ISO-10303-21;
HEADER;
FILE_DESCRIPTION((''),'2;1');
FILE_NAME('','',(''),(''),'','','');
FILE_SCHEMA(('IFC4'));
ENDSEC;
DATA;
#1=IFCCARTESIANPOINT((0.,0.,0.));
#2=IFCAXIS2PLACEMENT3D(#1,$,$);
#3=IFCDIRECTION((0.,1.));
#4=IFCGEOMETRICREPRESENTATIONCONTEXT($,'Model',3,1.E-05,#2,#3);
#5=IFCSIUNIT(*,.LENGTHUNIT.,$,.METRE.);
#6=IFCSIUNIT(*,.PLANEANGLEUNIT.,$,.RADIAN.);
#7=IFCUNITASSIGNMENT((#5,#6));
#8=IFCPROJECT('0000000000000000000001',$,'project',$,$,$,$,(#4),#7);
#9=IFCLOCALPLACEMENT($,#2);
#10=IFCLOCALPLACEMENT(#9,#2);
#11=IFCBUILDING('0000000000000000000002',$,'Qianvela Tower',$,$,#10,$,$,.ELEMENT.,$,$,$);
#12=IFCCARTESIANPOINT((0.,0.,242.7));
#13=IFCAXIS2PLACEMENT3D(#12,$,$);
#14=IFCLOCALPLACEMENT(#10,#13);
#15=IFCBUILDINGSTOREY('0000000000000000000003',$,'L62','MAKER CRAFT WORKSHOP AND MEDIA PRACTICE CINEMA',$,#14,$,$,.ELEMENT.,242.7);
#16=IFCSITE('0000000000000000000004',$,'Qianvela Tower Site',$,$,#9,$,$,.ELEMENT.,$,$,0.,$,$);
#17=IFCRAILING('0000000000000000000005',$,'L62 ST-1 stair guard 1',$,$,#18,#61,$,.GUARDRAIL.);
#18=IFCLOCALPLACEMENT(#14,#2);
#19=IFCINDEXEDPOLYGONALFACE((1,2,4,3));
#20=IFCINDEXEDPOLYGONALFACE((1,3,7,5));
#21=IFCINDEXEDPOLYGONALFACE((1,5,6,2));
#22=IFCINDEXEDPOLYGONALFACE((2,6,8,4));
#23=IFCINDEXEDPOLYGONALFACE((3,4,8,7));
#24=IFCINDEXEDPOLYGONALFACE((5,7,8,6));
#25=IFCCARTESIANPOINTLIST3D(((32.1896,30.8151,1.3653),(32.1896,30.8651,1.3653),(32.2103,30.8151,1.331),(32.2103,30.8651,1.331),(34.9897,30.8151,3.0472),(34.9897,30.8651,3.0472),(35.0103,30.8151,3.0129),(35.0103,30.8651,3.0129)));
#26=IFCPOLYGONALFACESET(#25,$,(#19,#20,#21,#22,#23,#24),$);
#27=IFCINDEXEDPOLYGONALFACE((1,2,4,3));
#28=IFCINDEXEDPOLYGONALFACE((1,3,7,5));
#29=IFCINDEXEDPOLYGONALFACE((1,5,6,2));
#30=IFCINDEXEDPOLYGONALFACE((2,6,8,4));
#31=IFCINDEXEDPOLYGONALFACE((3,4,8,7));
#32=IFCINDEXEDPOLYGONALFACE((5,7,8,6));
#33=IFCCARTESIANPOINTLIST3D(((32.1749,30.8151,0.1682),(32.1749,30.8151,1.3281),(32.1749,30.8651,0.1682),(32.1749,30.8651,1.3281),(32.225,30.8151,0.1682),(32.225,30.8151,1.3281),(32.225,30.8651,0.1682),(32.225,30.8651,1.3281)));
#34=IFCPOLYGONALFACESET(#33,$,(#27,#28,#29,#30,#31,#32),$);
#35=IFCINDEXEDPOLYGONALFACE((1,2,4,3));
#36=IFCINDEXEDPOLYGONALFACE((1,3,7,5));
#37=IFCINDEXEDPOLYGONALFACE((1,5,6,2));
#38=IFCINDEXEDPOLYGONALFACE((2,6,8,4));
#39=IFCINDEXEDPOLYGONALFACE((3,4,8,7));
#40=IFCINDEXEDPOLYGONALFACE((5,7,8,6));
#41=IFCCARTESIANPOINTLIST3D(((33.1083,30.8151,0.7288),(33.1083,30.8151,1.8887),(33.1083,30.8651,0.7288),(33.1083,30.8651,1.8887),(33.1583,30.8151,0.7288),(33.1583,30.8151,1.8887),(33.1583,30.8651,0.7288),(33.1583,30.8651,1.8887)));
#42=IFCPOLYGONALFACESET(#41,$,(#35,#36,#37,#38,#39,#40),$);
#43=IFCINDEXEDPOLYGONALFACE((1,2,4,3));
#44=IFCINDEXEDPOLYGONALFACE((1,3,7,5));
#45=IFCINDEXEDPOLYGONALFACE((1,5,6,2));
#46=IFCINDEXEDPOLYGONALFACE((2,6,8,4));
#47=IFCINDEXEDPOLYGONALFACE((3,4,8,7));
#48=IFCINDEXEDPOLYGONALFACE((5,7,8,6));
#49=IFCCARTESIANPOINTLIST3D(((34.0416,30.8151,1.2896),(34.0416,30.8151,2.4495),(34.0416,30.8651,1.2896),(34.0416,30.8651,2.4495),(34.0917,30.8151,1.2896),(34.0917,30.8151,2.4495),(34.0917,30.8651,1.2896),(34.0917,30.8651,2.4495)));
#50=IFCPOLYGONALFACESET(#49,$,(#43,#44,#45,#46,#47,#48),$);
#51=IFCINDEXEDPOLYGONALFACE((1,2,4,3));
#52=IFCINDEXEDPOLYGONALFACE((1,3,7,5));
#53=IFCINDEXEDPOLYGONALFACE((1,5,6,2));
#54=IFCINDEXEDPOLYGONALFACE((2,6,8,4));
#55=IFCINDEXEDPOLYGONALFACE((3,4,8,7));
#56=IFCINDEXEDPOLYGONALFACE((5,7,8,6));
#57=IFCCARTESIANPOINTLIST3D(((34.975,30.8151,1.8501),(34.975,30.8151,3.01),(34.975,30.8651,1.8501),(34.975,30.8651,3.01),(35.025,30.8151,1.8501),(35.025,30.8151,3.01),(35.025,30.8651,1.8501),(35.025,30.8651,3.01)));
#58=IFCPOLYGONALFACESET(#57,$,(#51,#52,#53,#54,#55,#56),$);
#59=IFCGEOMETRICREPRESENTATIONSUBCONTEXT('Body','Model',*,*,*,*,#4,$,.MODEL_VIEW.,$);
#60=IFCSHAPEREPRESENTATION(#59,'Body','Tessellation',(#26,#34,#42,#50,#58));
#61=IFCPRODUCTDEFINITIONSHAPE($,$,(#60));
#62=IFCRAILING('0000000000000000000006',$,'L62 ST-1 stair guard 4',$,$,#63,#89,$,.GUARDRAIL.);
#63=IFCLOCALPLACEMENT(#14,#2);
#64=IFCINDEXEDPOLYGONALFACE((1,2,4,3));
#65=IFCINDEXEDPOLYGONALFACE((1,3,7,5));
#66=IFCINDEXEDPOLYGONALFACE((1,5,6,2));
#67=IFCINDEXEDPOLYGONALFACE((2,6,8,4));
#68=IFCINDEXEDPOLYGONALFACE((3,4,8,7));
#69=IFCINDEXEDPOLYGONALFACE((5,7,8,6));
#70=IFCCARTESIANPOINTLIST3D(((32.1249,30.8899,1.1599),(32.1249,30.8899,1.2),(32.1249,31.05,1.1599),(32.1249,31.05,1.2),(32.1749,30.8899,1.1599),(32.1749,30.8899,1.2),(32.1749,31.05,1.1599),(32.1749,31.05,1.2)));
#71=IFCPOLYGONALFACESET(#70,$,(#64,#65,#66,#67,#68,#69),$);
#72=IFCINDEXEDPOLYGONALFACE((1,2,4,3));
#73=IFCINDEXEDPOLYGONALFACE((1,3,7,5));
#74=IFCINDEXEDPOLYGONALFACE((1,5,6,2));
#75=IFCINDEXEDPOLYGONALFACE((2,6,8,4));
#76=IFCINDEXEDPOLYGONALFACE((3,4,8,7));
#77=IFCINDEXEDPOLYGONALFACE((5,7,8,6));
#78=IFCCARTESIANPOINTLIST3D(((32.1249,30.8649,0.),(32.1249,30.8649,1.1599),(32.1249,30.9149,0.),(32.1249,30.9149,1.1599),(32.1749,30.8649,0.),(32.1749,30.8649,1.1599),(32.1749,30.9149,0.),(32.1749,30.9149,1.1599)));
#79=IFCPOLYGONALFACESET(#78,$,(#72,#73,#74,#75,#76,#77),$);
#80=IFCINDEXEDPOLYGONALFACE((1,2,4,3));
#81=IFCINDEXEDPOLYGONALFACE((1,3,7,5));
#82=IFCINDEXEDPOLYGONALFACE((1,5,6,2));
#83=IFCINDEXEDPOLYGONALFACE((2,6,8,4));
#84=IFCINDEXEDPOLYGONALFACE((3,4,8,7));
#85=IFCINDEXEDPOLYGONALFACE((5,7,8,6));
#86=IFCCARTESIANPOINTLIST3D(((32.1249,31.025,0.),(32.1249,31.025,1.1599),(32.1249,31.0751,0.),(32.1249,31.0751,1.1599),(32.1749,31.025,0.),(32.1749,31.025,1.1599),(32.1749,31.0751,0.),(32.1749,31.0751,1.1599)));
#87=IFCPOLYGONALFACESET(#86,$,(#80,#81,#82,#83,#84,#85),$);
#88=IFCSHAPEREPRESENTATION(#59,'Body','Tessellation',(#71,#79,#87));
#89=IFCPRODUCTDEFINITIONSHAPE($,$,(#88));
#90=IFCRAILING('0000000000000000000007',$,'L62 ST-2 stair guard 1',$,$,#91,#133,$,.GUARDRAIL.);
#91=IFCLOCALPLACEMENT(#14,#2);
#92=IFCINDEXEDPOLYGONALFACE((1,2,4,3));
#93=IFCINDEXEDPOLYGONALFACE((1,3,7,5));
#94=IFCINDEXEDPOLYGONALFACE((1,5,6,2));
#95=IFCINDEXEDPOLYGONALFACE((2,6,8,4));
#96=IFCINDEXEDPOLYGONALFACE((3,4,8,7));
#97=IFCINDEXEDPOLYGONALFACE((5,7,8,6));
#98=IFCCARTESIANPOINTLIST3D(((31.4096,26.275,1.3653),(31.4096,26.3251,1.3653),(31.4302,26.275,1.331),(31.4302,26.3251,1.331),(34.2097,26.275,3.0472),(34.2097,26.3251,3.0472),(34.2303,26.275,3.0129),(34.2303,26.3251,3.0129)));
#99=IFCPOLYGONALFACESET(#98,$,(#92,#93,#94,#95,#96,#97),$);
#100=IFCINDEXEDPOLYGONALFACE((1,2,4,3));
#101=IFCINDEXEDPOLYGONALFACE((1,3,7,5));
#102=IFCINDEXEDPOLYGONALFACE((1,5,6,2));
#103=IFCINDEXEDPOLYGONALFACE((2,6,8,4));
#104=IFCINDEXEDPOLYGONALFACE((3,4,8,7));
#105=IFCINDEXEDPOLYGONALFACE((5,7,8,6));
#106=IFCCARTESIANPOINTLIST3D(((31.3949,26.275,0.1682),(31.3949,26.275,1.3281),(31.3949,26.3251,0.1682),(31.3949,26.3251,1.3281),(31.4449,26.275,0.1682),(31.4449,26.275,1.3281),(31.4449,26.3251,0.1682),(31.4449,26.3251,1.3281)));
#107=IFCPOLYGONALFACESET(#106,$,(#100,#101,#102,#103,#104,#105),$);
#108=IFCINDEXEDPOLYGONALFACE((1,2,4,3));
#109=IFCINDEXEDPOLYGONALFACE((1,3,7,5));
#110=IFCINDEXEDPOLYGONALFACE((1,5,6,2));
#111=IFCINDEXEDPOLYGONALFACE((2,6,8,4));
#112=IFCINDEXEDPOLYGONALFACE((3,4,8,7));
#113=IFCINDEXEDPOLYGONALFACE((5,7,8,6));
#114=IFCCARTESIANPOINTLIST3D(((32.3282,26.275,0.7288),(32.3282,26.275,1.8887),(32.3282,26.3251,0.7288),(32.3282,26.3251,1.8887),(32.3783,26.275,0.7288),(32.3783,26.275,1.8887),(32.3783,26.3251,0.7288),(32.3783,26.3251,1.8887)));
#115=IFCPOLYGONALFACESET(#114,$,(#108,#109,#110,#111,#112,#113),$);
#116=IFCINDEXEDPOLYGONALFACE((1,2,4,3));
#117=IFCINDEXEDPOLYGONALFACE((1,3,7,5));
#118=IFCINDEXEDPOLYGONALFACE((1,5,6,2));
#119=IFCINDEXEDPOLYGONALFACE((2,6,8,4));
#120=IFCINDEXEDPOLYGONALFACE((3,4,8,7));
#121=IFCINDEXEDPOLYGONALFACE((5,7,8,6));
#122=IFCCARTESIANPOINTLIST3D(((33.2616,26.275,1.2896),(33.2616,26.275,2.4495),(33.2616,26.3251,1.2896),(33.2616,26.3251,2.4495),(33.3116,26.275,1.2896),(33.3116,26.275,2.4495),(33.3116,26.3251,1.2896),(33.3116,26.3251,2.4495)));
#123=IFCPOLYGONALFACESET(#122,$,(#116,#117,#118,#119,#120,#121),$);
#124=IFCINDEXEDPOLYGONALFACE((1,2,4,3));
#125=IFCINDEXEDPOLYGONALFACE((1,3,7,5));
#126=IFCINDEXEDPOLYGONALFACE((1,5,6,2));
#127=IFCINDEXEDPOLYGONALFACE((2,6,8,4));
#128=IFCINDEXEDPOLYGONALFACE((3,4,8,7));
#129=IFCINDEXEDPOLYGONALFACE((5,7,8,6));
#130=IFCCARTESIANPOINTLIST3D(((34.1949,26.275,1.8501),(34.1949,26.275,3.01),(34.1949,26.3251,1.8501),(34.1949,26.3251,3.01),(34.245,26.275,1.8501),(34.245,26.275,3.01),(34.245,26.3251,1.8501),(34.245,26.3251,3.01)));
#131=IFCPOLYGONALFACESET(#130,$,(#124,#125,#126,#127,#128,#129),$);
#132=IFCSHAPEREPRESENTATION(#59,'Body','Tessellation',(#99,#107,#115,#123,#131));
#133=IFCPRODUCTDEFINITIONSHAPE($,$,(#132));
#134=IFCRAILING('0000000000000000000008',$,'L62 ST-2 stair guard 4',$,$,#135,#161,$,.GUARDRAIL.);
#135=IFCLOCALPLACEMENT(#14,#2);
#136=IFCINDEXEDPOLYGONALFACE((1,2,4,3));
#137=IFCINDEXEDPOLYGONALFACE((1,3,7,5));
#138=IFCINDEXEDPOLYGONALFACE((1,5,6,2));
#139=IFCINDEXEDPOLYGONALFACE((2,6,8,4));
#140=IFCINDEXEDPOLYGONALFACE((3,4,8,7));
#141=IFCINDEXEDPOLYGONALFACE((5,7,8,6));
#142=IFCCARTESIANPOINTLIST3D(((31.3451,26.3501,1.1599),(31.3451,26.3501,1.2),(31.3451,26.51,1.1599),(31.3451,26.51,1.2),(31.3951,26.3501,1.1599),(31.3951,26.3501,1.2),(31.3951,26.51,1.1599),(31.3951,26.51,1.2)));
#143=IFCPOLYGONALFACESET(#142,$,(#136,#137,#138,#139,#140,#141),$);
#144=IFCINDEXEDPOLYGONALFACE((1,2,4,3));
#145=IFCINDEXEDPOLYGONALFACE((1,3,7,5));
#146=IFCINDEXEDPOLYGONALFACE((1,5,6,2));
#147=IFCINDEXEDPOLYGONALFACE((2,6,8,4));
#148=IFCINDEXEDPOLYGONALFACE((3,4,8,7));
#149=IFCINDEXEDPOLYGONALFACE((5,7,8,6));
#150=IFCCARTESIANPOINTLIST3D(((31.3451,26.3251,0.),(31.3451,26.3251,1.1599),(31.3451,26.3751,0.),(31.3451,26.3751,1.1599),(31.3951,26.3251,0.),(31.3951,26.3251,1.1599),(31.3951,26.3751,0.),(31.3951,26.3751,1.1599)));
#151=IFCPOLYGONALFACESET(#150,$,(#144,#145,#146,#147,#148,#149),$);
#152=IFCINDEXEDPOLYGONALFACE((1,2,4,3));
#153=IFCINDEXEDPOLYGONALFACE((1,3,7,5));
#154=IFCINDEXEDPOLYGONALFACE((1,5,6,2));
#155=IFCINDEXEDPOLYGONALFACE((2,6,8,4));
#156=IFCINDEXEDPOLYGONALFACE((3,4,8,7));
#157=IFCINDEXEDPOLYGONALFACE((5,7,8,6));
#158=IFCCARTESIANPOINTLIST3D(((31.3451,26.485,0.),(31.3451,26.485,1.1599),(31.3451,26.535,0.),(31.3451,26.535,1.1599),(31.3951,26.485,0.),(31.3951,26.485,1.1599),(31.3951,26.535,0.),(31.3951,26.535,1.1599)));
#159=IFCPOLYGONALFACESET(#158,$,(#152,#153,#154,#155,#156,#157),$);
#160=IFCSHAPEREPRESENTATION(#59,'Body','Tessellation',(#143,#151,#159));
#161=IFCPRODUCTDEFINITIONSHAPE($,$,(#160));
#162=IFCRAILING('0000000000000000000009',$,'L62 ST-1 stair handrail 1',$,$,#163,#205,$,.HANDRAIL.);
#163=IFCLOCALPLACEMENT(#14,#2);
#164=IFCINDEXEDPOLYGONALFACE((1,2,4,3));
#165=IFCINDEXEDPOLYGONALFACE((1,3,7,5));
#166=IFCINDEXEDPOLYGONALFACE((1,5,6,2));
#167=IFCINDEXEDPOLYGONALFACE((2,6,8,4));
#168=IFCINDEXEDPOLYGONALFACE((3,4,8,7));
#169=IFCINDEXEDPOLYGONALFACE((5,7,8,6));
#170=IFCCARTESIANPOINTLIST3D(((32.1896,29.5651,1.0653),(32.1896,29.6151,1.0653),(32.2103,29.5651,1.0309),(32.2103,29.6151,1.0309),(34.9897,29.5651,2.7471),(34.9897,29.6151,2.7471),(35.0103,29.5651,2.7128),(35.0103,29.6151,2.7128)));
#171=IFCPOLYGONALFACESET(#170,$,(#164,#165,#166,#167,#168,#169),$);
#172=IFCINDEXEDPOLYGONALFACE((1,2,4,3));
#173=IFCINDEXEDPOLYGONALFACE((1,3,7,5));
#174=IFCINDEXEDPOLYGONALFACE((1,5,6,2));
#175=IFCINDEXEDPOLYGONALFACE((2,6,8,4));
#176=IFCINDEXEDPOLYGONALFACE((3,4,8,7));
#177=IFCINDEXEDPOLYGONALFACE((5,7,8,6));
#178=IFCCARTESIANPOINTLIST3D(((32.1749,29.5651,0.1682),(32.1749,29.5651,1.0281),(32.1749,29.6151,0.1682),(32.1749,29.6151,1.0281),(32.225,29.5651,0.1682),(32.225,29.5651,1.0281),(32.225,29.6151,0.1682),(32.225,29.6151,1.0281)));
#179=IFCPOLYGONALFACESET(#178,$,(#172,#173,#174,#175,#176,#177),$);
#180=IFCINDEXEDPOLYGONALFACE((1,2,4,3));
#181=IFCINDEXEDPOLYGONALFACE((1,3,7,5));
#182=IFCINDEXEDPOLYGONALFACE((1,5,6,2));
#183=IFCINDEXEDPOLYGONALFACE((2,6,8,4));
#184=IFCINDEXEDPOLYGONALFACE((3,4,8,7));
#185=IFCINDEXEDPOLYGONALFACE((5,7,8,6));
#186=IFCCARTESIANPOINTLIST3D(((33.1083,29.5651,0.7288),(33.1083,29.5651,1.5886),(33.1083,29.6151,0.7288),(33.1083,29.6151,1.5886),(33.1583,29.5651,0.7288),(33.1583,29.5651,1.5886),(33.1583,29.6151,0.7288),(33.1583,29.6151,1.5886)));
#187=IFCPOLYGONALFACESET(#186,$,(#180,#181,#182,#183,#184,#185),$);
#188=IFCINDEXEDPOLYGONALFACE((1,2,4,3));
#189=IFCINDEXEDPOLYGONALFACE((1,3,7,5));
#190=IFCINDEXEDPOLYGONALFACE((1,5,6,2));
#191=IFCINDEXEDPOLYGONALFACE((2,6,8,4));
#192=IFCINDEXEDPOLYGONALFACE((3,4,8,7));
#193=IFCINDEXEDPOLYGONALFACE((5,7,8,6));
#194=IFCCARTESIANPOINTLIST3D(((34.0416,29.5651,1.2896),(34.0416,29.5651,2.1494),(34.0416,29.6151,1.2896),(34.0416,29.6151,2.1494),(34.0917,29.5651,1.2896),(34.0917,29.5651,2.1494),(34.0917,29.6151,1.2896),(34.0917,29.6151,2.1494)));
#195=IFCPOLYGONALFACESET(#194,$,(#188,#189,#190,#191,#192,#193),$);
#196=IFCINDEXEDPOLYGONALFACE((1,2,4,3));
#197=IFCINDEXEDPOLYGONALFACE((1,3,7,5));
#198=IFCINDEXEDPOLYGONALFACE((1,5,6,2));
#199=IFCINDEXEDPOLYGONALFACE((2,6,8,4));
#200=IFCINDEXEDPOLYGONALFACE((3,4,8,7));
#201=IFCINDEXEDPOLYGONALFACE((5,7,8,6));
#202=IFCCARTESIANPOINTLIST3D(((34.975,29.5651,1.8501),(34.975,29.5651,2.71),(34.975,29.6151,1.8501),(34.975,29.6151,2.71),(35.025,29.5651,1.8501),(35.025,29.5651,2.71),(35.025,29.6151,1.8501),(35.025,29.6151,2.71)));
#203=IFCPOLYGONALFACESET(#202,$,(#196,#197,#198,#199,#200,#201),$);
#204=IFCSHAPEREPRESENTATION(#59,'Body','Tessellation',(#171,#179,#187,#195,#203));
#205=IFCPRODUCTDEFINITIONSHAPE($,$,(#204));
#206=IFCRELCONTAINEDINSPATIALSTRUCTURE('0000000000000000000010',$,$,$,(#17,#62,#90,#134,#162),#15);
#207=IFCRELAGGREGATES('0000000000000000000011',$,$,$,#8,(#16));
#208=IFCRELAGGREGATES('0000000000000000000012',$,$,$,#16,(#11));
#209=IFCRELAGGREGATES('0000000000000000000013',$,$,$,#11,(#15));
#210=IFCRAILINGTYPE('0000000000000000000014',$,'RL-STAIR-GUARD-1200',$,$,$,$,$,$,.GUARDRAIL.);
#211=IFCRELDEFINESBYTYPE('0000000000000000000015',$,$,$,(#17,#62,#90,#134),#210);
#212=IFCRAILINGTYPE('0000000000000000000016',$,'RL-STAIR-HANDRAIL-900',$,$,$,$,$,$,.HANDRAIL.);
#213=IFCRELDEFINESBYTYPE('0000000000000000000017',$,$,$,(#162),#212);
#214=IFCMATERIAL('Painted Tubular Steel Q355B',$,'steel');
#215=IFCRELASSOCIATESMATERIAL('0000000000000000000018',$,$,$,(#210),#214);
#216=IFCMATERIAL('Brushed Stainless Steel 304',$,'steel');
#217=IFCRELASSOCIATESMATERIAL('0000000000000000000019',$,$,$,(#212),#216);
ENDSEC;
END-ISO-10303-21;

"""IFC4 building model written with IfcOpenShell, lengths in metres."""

from ifc_helpers import new_model, si_unit, direction, frame, origin, origin_2d, place, context, subcontext, project, spatial, rectangle, extrude, material, type_object, element, save


model = new_model("IFC4")

# Units and contexts
model_context = context("Model", 3, precision=1e-05, world=origin(), true_north=direction((0.0, 1.0)))
body_context = subcontext(model_context, "Body", "Model", "MODEL_VIEW")
ifc_project = project(units=[si_unit("LENGTHUNIT", "METRE"), si_unit("PLANEANGLEUNIT", "RADIAN")], contexts=[model_context])

# Site, building, storey
site_placement = place(None, origin())
site = spatial("IfcSite", under=ifc_project, at=site_placement, Name="Qianvela Tower Site", CompositionType="ELEMENT", RefElevation=0.0)
building_placement = place(site_placement, origin())
building = spatial("IfcBuilding", under=site, at=building_placement, Name="Qianvela Tower", CompositionType="ELEMENT")
storey_placement = place(building_placement, frame((0.0, 0.0, 242.7)))
storey = spatial("IfcBuildingStorey", under=building, at=storey_placement, Name="L62", Description="MAKER CRAFT WORKSHOP AND MEDIA PRACTICE CINEMA", CompositionType="ELEMENT", Elevation=242.7)

# Railings
ifc_material_1 = material(Name="Painted Tubular Steel Q355B", Category="steel")
railing_type_1 = type_object("IfcRailingType", Name="RL-STAIR-GUARD-1200", PredefinedType="GUARDRAIL", material=ifc_material_1)
railing_1_placement = place(storey_placement, frame((32.2, 30.8401, 0.1682)))
element("IfcRailing", 1, at=railing_1_placement, inside=storey, type_object=railing_type_1, Name="L62 ST-1 stair guard 1", PredefinedType="GUARDRAIL", context=body_context, shape_type="SweptSolid", body=[
    extrude(rectangle(XDim=0.05, YDim=0.04, at=origin_2d()), frame((0.0, 0.0, 1.1799), z_axis=(0.857242, 0.0, 0.514913), x_axis=(0.0, 1.0, 0.0)), (0.0, 0.0, 1.0), 3.2664),
    extrude(rectangle(XDim=0.05, YDim=0.05, at=origin_2d()), origin(), (0.0, 0.0, 1.0), 1.1599),
    extrude(rectangle(XDim=0.05, YDim=0.05, at=origin_2d()), frame((0.9333, 0.0, 0.5605)), (0.0, 0.0, 1.0), 1.1599),
    extrude(rectangle(XDim=0.05, YDim=0.05, at=origin_2d()), frame((1.8667, 0.0, 1.1213)), (0.0, 0.0, 1.0), 1.1599),
    extrude(rectangle(XDim=0.05, YDim=0.05, at=origin_2d()), frame((2.8, 0.0, 1.6819)), (0.0, 0.0, 1.0), 1.1599),
])
railing_2_placement = place(storey_placement, frame((32.1499, 30.8899, 0.0)))
element("IfcRailing", 2, at=railing_2_placement, inside=storey, type_object=railing_type_1, Name="L62 ST-1 stair guard 4", PredefinedType="GUARDRAIL", context=body_context, shape_type="SweptSolid", body=[
    extrude(rectangle(XDim=0.05, YDim=0.04, at=origin_2d()), frame((0.0, 0.0, 1.1799), z_axis=(0.0, 1.0, 0.0), x_axis=(-1.0, 0.0, 0.0)), (0.0, 0.0, 1.0), 0.1602),
    extrude(rectangle(XDim=0.05, YDim=0.05, at=origin_2d()), origin(), (0.0, 0.0, 1.0), 1.1599),
    extrude(rectangle(XDim=0.05, YDim=0.05, at=origin_2d()), frame((0.0, 0.1602, 0.0)), (0.0, 0.0, 1.0), 1.1599),
])
railing_3_placement = place(storey_placement, frame((31.4199, 26.3, 0.1682)))
element("IfcRailing", 3, at=railing_3_placement, inside=storey, type_object=railing_type_1, Name="L62 ST-2 stair guard 1", PredefinedType="GUARDRAIL", context=body_context, shape_type="SweptSolid", body=[
    extrude(rectangle(XDim=0.05, YDim=0.04, at=origin_2d()), frame((0.0, 0.0, 1.1799), z_axis=(0.857242, 0.0, 0.514913), x_axis=(0.0, 1.0, 0.0)), (0.0, 0.0, 1.0), 3.2664),
    extrude(rectangle(XDim=0.05, YDim=0.05, at=origin_2d()), origin(), (0.0, 0.0, 1.0), 1.1599),
    extrude(rectangle(XDim=0.05, YDim=0.05, at=origin_2d()), frame((0.9333, 0.0, 0.5605)), (0.0, 0.0, 1.0), 1.1599),
    extrude(rectangle(XDim=0.05, YDim=0.05, at=origin_2d()), frame((1.8667, 0.0, 1.1213)), (0.0, 0.0, 1.0), 1.1599),
    extrude(rectangle(XDim=0.05, YDim=0.05, at=origin_2d()), frame((2.8, 0.0, 1.6819)), (0.0, 0.0, 1.0), 1.1599),
])
railing_4_placement = place(storey_placement, frame((31.3701, 26.3501, 0.0)))
element("IfcRailing", 4, at=railing_4_placement, inside=storey, type_object=railing_type_1, Name="L62 ST-2 stair guard 4", PredefinedType="GUARDRAIL", context=body_context, shape_type="SweptSolid", body=[
    extrude(rectangle(XDim=0.05, YDim=0.04, at=origin_2d()), frame((0.0, 0.0, 1.1799), z_axis=(0.0, 1.0, 0.0), x_axis=(-1.0, 0.0, 0.0)), (0.0, 0.0, 1.0), 0.1599),
    extrude(rectangle(XDim=0.05, YDim=0.05, at=origin_2d()), origin(), (0.0, 0.0, 1.0), 1.1599),
    extrude(rectangle(XDim=0.05, YDim=0.05, at=origin_2d()), frame((0.0, 0.1599, 0.0)), (0.0, 0.0, 1.0), 1.1599),
])
ifc_material_2 = material(Name="Brushed Stainless Steel 304", Category="steel")
railing_type_2 = type_object("IfcRailingType", Name="RL-STAIR-HANDRAIL-900", PredefinedType="HANDRAIL", material=ifc_material_2)
for number, where, name in (
    (5, (32.2, 29.5901, 0.1682), "L62 ST-1 stair handrail 1"),
):
    element("IfcRailing", number, at=place(storey_placement, frame(where)), inside=storey, type_object=railing_type_2, Name=name, PredefinedType="HANDRAIL", context=body_context, shape_type="SweptSolid", body=[
        extrude(rectangle(XDim=0.05, YDim=0.04, at=origin_2d()), frame((0.0, 0.0, 0.8799), z_axis=(0.857242, 0.0, 0.514913), x_axis=(0.0, 1.0, 0.0)), (0.0, 0.0, 1.0), 3.2664),
        extrude(rectangle(XDim=0.05, YDim=0.05, at=origin_2d()), origin(), (0.0, 0.0, 1.0), 0.8599),
        extrude(rectangle(XDim=0.05, YDim=0.05, at=origin_2d()), frame((0.9333, 0.0, 0.5605)), (0.0, 0.0, 1.0), 0.8599),
        extrude(rectangle(XDim=0.05, YDim=0.05, at=origin_2d()), frame((1.8667, 0.0, 1.1213)), (0.0, 0.0, 1.0), 0.8599),
        extrude(rectangle(XDim=0.05, YDim=0.05, at=origin_2d()), frame((2.8, 0.0, 1.6819)), (0.0, 0.0, 1.0), 0.8599),
    ])

save(model, "model.ifc")
